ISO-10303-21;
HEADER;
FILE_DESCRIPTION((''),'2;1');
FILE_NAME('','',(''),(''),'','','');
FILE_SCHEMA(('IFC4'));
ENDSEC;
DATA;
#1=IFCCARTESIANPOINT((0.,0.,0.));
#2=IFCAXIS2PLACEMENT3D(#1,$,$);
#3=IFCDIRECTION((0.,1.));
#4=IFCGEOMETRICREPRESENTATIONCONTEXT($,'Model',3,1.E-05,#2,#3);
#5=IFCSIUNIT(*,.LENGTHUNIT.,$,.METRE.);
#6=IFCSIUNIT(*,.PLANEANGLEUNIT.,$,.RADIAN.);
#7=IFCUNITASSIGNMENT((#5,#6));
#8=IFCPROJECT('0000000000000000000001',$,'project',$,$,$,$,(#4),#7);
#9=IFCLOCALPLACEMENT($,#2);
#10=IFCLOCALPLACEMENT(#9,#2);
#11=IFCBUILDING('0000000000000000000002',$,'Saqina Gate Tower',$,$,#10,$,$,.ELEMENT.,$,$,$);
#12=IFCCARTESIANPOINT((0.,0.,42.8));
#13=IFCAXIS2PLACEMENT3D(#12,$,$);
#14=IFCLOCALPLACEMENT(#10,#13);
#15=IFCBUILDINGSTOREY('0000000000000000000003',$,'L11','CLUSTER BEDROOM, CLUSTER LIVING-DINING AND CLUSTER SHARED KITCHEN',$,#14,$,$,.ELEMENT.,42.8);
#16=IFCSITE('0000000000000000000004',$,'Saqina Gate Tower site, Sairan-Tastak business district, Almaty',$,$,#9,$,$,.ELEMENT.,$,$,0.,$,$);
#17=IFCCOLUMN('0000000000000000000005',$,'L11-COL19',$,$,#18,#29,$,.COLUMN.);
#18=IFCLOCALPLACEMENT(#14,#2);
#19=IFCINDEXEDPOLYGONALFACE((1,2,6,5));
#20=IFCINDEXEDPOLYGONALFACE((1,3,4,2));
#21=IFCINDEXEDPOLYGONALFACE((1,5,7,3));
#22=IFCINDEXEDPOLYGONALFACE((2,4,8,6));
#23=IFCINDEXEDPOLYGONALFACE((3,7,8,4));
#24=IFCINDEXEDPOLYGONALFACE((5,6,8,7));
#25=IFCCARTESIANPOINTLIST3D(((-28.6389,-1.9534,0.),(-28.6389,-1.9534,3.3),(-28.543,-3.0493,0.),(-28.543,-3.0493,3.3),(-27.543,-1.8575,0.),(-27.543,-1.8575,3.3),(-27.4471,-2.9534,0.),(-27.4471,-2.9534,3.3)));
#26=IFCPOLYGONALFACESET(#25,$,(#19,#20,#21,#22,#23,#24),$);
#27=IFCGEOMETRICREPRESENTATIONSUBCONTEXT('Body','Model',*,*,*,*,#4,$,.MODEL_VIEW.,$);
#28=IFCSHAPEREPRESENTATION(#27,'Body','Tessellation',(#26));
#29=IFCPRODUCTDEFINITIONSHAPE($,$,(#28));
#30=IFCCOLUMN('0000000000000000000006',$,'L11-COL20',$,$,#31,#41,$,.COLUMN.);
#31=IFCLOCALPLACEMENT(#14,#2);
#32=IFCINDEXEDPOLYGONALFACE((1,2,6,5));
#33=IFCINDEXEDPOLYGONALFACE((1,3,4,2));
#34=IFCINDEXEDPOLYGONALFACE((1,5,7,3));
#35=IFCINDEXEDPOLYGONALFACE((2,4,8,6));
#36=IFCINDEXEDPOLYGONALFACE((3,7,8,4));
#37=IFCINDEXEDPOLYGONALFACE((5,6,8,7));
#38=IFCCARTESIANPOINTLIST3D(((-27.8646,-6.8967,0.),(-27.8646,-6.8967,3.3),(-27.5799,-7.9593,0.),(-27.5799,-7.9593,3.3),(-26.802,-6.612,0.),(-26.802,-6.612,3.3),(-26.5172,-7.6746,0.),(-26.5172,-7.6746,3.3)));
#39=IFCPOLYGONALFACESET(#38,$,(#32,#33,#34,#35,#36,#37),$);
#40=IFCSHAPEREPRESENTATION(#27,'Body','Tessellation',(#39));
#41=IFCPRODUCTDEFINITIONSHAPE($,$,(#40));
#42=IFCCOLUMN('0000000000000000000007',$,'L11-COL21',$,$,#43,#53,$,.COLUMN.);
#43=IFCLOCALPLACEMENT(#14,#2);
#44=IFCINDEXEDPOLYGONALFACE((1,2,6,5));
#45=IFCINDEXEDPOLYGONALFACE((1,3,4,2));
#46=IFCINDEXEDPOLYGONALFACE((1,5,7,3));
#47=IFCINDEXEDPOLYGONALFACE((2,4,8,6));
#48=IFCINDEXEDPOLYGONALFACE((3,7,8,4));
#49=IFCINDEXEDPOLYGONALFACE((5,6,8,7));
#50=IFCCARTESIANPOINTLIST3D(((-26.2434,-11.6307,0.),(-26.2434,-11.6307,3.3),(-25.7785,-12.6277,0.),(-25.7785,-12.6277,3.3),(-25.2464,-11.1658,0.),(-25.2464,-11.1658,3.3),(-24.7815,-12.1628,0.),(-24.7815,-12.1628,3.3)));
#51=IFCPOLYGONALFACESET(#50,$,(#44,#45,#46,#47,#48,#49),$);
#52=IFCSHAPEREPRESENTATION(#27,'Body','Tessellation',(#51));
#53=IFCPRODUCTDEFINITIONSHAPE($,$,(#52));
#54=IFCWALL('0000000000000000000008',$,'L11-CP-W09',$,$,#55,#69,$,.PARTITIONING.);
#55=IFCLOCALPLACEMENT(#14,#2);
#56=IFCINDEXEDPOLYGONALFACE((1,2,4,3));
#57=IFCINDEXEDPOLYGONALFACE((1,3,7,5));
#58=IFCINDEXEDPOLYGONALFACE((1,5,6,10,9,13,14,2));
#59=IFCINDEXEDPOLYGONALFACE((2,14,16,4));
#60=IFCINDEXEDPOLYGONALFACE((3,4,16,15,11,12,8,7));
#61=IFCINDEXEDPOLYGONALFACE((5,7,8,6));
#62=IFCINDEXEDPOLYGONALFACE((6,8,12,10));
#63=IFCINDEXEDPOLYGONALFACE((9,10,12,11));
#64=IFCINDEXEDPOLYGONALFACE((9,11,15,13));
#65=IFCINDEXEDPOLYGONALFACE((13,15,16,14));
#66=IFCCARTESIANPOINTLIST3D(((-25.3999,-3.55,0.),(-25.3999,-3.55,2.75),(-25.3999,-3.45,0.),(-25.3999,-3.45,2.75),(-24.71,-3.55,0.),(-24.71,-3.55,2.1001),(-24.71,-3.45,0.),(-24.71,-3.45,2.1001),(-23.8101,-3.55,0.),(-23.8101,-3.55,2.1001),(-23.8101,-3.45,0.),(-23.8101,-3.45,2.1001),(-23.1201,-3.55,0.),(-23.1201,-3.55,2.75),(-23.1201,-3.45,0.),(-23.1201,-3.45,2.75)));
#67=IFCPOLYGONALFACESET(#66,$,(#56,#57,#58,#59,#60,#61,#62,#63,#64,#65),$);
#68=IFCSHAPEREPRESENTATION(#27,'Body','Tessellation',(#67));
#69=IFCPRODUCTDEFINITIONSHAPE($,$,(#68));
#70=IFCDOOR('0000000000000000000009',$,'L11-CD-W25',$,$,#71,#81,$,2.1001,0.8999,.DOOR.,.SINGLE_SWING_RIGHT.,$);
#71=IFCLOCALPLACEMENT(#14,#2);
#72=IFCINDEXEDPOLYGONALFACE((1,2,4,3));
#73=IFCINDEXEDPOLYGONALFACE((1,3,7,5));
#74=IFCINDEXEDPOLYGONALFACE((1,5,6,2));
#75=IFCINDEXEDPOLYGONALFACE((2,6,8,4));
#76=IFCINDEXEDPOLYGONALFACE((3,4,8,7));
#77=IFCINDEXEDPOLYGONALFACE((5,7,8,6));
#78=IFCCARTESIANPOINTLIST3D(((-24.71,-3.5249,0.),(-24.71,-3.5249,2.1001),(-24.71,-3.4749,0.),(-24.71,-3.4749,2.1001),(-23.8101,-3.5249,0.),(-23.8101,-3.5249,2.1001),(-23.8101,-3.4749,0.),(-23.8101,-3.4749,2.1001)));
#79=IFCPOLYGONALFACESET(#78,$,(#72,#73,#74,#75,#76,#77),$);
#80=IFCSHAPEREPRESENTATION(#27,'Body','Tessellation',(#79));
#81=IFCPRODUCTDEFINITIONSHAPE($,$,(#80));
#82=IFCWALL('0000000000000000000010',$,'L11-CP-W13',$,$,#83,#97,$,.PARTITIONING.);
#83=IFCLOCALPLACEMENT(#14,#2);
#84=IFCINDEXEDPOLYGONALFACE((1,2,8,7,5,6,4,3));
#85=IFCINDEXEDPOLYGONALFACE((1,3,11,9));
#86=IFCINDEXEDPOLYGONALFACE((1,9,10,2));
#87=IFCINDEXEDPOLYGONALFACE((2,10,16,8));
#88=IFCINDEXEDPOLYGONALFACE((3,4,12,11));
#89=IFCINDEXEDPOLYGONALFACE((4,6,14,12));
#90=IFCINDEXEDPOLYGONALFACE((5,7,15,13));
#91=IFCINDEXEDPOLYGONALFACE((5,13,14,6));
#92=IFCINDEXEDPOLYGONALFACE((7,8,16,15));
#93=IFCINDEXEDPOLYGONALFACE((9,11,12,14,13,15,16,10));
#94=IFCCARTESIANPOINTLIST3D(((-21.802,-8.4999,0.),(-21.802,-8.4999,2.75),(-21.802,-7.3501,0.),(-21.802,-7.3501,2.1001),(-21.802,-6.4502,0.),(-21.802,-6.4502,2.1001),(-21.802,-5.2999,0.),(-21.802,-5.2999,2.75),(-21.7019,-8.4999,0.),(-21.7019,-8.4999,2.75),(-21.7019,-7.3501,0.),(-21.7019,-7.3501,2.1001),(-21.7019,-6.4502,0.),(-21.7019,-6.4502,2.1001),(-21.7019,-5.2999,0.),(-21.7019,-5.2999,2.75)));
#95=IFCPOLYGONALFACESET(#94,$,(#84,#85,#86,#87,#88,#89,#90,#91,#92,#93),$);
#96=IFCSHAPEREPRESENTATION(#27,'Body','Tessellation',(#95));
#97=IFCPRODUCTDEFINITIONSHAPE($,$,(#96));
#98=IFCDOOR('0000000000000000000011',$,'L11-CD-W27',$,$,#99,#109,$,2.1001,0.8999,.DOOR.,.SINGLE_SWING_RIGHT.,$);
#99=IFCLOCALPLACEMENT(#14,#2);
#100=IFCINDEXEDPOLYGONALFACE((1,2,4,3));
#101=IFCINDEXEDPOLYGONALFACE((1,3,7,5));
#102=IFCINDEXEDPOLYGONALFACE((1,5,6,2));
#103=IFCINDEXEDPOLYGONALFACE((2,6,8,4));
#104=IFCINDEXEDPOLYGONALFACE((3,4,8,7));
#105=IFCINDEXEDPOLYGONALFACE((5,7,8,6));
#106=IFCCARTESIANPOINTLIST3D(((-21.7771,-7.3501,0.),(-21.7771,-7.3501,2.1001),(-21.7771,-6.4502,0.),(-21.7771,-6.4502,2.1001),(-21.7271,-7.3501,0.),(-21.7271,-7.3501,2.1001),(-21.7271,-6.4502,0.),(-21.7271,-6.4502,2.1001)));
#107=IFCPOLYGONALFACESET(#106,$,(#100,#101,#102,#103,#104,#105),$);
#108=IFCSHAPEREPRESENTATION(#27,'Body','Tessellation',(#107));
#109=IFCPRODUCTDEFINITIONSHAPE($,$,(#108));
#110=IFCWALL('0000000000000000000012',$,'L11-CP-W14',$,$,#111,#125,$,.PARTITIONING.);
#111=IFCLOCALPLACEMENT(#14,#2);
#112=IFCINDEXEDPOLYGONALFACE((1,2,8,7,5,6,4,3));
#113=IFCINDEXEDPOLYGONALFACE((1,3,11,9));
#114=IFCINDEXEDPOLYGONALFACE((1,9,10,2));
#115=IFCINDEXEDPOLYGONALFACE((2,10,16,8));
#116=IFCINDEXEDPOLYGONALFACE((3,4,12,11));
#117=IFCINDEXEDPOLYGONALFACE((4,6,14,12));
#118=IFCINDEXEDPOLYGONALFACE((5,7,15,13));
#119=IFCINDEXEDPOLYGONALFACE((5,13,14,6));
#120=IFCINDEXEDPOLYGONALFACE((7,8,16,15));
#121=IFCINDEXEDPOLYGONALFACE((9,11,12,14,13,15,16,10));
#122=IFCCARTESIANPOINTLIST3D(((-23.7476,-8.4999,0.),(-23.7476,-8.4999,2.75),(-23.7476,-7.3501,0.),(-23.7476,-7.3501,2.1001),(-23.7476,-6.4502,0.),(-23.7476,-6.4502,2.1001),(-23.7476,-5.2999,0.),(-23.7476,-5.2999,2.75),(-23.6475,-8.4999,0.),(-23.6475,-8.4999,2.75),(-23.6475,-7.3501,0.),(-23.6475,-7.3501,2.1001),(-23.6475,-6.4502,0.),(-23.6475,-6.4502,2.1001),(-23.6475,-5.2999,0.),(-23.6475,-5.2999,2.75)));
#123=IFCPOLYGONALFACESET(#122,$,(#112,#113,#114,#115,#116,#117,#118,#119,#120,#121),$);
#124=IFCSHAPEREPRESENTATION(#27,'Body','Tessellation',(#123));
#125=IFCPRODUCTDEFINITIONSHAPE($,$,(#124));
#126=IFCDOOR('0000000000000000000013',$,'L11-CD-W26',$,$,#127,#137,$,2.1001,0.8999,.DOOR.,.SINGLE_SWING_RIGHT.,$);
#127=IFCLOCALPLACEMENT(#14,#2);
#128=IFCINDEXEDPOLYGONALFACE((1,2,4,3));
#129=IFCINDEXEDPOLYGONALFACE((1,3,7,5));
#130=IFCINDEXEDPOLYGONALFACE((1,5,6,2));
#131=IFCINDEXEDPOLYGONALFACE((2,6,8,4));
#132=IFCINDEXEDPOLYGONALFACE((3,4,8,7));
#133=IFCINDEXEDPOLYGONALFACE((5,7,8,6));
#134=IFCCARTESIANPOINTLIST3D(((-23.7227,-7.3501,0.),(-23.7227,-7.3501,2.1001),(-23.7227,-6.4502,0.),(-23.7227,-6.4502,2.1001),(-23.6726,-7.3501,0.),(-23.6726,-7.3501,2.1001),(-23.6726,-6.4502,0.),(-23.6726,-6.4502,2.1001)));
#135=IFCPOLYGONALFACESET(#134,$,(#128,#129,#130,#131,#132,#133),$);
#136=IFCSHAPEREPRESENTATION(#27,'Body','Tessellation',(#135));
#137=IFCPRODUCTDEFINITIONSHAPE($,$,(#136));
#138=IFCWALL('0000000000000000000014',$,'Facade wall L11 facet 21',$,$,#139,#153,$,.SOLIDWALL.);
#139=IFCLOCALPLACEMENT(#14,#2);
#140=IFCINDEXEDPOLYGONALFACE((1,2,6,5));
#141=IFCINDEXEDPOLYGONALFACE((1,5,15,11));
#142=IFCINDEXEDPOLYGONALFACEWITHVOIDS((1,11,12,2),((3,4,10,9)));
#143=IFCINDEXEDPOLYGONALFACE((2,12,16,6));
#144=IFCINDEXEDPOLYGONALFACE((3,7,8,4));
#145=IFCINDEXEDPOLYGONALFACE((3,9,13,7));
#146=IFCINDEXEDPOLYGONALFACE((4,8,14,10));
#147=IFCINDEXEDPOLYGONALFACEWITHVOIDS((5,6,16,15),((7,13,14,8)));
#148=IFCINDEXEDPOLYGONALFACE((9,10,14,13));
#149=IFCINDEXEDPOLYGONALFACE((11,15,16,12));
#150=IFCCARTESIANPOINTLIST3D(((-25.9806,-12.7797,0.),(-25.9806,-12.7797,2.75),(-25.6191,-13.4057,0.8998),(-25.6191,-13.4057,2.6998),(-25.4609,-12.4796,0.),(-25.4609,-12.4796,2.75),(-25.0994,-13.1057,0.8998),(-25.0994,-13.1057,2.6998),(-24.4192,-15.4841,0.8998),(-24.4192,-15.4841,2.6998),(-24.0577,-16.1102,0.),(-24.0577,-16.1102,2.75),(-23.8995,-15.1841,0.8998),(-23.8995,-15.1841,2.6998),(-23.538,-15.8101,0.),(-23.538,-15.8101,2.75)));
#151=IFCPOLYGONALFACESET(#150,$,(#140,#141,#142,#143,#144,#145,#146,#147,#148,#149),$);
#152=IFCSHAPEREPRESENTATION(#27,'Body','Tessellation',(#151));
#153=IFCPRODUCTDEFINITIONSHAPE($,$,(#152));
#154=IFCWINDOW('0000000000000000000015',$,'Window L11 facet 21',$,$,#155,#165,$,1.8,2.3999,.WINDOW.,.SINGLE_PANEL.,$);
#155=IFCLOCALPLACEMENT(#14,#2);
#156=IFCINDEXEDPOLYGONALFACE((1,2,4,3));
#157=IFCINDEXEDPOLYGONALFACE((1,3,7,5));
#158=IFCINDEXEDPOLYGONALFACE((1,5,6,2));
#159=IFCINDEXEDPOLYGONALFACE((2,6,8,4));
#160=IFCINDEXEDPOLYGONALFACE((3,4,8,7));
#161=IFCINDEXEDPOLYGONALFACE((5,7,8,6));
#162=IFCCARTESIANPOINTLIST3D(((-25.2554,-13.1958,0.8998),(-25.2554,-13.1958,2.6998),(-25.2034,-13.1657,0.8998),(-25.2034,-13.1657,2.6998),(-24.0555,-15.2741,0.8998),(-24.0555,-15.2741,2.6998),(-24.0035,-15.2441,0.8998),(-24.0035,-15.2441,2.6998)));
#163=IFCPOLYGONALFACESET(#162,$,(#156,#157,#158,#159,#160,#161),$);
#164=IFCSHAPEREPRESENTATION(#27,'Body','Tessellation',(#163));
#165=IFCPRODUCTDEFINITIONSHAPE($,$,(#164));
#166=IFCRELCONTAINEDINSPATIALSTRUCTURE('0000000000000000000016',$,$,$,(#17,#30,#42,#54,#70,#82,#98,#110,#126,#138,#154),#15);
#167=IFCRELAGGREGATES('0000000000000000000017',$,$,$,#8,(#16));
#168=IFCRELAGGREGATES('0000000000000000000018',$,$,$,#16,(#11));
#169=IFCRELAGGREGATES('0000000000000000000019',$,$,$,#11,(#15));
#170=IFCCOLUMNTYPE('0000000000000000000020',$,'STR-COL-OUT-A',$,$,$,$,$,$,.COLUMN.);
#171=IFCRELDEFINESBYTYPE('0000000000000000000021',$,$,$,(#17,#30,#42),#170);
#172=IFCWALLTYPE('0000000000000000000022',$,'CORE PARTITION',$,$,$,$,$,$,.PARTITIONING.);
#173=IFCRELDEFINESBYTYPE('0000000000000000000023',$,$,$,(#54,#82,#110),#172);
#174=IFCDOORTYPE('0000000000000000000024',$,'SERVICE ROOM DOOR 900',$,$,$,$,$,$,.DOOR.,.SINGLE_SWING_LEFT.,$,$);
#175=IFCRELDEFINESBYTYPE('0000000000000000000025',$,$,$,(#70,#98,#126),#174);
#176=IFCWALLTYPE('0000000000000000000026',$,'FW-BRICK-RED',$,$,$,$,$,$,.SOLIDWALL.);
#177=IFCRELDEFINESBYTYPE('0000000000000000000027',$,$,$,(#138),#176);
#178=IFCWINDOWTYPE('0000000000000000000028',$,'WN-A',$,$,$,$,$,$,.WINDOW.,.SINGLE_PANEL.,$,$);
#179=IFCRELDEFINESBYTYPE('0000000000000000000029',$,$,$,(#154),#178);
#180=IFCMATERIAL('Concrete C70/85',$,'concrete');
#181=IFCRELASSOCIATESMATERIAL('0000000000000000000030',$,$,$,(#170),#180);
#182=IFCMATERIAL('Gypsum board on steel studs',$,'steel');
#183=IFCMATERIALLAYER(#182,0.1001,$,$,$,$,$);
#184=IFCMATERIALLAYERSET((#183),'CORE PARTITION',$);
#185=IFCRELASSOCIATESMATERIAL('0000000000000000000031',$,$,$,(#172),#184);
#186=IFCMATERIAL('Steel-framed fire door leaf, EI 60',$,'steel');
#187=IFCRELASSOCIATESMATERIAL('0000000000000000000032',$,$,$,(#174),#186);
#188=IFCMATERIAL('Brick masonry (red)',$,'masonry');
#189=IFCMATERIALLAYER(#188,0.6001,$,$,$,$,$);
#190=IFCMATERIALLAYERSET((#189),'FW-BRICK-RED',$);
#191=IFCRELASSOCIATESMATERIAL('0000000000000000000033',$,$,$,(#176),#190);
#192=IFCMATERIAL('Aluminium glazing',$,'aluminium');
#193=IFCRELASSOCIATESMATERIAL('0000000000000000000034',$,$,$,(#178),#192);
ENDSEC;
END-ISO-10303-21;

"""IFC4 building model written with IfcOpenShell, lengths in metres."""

from ifc_helpers import new_model, si_unit, direction, frame, frame_2d, origin, origin_2d, place, context, subcontext, project, spatial, rectangle, extrude, material, layer, layer_set, material_profile, profile_set, type_object, element, fill, save


model = new_model("IFC4")

# Units and contexts
model_context = context("Model", 3, precision=1e-05, world=origin(), true_north=direction((0.0, 1.0)))
body_context = subcontext(model_context, "Body", "Model", "MODEL_VIEW")
ifc_project = project(units=[si_unit("LENGTHUNIT", "METRE"), si_unit("PLANEANGLEUNIT", "RADIAN")], contexts=[model_context])

# Site, building, storey
site_placement = place(None, origin())
site = spatial("IfcSite", under=ifc_project, at=site_placement, Name="Saqina Gate Tower site, Sairan-Tastak business district, Almaty", CompositionType="ELEMENT", RefElevation=0.0)
building_placement = place(site_placement, origin())
building = spatial("IfcBuilding", under=site, at=building_placement, Name="Saqina Gate Tower", CompositionType="ELEMENT")
storey_placement = place(building_placement, frame((0.0, 0.0, 42.8)))
storey = spatial("IfcBuildingStorey", under=building, at=storey_placement, Name="L11", Description="CLUSTER BEDROOM, CLUSTER LIVING-DINING AND CLUSTER SHARED KITCHEN", CompositionType="ELEMENT", Elevation=42.8)

# Columns
ifc_material_1 = material(Name="Concrete C70/85", Category="concrete")
ifc_material_profile = material_profile(ifc_material_1, rectangle(XDim=1.1001, YDim=1.1001, at=origin_2d()), Name="RC 1100x1100")
ifc_profile_set = profile_set([ifc_material_profile], Name="Concrete C70/85")
column_type = type_object("IfcColumnType", Name="STR-COL-OUT-A", PredefinedType="COLUMN", material=ifc_profile_set)
for number, where, z_axis, x_axis, name in (
    (1, (-28.043, -2.4534, 0.0), (0.0, 0.0, 1.0), (-0.996195, -0.087156, 0.0), "L11-COL19"),
    (2, (-27.1909, -7.2856, 0.0), (0.0, 0.0, 1.0), (-0.965926, -0.258819, 0.0), "L11-COL20"),
    (3, (-25.5125, -11.8967, 0.0), (0.0, 0.0, 1.0), (-0.906308, -0.422618, 0.0), "L11-COL21"),
):
    element("IfcColumn", number, at=place(storey_placement, frame(where, z_axis=z_axis, x_axis=x_axis)), inside=storey, type_object=column_type, Name=name, PredefinedType="COLUMN", context=body_context, shape_type="SweptSolid", body=[
        extrude(rectangle(XDim=1.1001, YDim=1.1001, at=origin_2d()), origin(), (0.0, 0.0, 1.0), 3.3),
    ])

# Walls, openings, doors
ifc_material_2 = material(Name="Gypsum board on steel studs", Category="steel")
ifc_layer_1 = layer(ifc_material_2, 0.1001)
ifc_layer_set_1 = layer_set([ifc_layer_1], Name="CORE PARTITION")
wall_type_1 = type_object("IfcWallType", Name="CORE PARTITION", PredefinedType="PARTITIONING", material=ifc_layer_set_1)
wall_1_placement = place(storey_placement, frame((-23.1201, -3.5, 0.0), z_axis=(0.0, 0.0, 1.0), x_axis=(-1.0, 0.0, 0.0)))
wall_1 = element("IfcWall", 4, at=wall_1_placement, inside=storey, type_object=wall_type_1, Name="L11-CP-W09", PredefinedType="PARTITIONING", context=body_context, shape_type="SweptSolid", body=[
    extrude(rectangle(XDim=2.2798, YDim=0.1001, at=frame_2d((1.1399, 0.0))), origin(), (0.0, 0.0, 1.0), 2.75),
])
opening_1_placement = place(wall_1_placement, frame((0.6899, 0.0, 0.0)))
opening_1 = element("IfcOpeningElement", 5, at=opening_1_placement, cuts=wall_1, PredefinedType="OPENING", context=body_context, shape_type="SweptSolid", body=[
    extrude(rectangle(XDim=0.8999, YDim=2.1001, at=frame_2d((0.45, 1.05))), frame((0.0, 0.062, 0.0), z_axis=(0.0, -1.0, 0.0), x_axis=(1.0, 0.0, 0.0)), (0.0, 0.0, 1.0), 0.124),
])
ifc_material_3 = material(Name="Steel-framed fire door leaf, EI 60", Category="steel")
door_type_1 = type_object("IfcDoorType", Name="SERVICE ROOM DOOR 900", OperationType="SINGLE_SWING_LEFT", PredefinedType="DOOR", material=ifc_material_3)
door_1_placement = place(opening_1_placement, origin())
door_1 = element("IfcDoor", 6, at=door_1_placement, inside=storey, type_object=door_type_1, Name="L11-CD-W25", OperationType="SINGLE_SWING_RIGHT", OverallHeight=2.1001, OverallWidth=0.8999, PredefinedType="DOOR", context=body_context, shape_type="SweptSolid", body=[
    extrude(rectangle(XDim=0.8999, YDim=2.1001, at=frame_2d((0.45, 1.05))), frame((0.0, 0.0249, 0.0), z_axis=(0.0, -1.0, 0.0), x_axis=(1.0, 0.0, 0.0)), (0.0, 0.0, 1.0), 0.05),
])
fill(opening_1, door_1)
wall_2_placement = place(storey_placement, frame((-21.752, -8.5, 0.0), z_axis=(0.0, 0.0, 1.0), x_axis=(0.0, 1.0, 0.0)))
wall_2 = element("IfcWall", 7, at=wall_2_placement, inside=storey, type_object=wall_type_1, Name="L11-CP-W13", PredefinedType="PARTITIONING", context=body_context, shape_type="SweptSolid", body=[
    extrude(rectangle(XDim=3.2, YDim=0.1001, at=frame_2d((1.6001, 0.0))), origin(), (0.0, 0.0, 1.0), 2.75),
])
opening_2_placement = place(wall_2_placement, frame((1.1499, 0.0, 0.0)))
opening_2 = element("IfcOpeningElement", 8, at=opening_2_placement, cuts=wall_2, PredefinedType="OPENING", context=body_context, shape_type="SweptSolid", body=[
    extrude(rectangle(XDim=0.8999, YDim=2.1001, at=frame_2d((0.45, 1.05))), frame((0.0, 0.062, 0.0), z_axis=(0.0, -1.0, 0.0), x_axis=(1.0, 0.0, 0.0)), (0.0, 0.0, 1.0), 0.124),
])
door_2_placement = place(opening_2_placement, frame((0.8999, 0.0, 0.0), z_axis=(0.0, 0.0, 1.0), x_axis=(-1.0, 0.0, 0.0)))
door_2 = element("IfcDoor", 9, at=door_2_placement, inside=storey, type_object=door_type_1, Name="L11-CD-W27", OperationType="SINGLE_SWING_RIGHT", OverallHeight=2.1001, OverallWidth=0.8999, PredefinedType="DOOR", context=body_context, shape_type="SweptSolid", body=[
    extrude(rectangle(XDim=0.8999, YDim=2.1001, at=frame_2d((0.45, 1.05))), frame((0.0, 0.0249, 0.0), z_axis=(0.0, -1.0, 0.0), x_axis=(1.0, 0.0, 0.0)), (0.0, 0.0, 1.0), 0.05),
])
fill(opening_2, door_2)
wall_3_placement = place(storey_placement, frame((-23.6975, -8.5, 0.0), z_axis=(0.0, 0.0, 1.0), x_axis=(0.0, 1.0, 0.0)))
wall_3 = element("IfcWall", 10, at=wall_3_placement, inside=storey, type_object=wall_type_1, Name="L11-CP-W14", PredefinedType="PARTITIONING", context=body_context, shape_type="SweptSolid", body=[
    extrude(rectangle(XDim=3.2, YDim=0.1001, at=frame_2d((1.6001, 0.0))), origin(), (0.0, 0.0, 1.0), 2.75),
])
opening_3_placement = place(wall_3_placement, frame((1.1499, 0.0, 0.0)))
opening_3 = element("IfcOpeningElement", 11, at=opening_3_placement, cuts=wall_3, PredefinedType="OPENING", context=body_context, shape_type="SweptSolid", body=[
    extrude(rectangle(XDim=0.8999, YDim=2.1001, at=frame_2d((0.45, 1.05))), frame((0.0, 0.062, 0.0), z_axis=(0.0, -1.0, 0.0), x_axis=(1.0, 0.0, 0.0)), (0.0, 0.0, 1.0), 0.124),
])
door_3_placement = place(opening_3_placement, frame((0.8999, 0.0, 0.0), z_axis=(0.0, 0.0, 1.0), x_axis=(-1.0, 0.0, 0.0)))
door_3 = element("IfcDoor", 12, at=door_3_placement, inside=storey, type_object=door_type_1, Name="L11-CD-W26", OperationType="SINGLE_SWING_RIGHT", OverallHeight=2.1001, OverallWidth=0.8999, PredefinedType="DOOR", context=body_context, shape_type="SweptSolid", body=[
    extrude(rectangle(XDim=0.8999, YDim=2.1001, at=frame_2d((0.45, 1.05))), frame((0.0, 0.0249, 0.0), z_axis=(0.0, -1.0, 0.0), x_axis=(1.0, 0.0, 0.0)), (0.0, 0.0, 1.0), 0.05),
])
fill(opening_3, door_3)

# Wall, opening, window
ifc_material_4 = material(Name="Brick masonry (red)", Category="masonry")
ifc_layer_2 = layer(ifc_material_4, 0.6001)
ifc_layer_set_2 = layer_set([ifc_layer_2], Name="FW-BRICK-RED")
wall_type_2 = type_object("IfcWallType", Name="FW-BRICK-RED", PredefinedType="SOLIDWALL", material=ifc_layer_set_2)
wall_4_placement = place(storey_placement, frame((-25.7207, -12.6296, 0.0), z_axis=(0.0, 0.0, 1.0), x_axis=(0.49999, -0.866031, 0.0)))
wall_4 = element("IfcWall", 13, at=wall_4_placement, inside=storey, type_object=wall_type_2, Name="Facade wall L11 facet 21", PredefinedType="SOLIDWALL", context=body_context, shape_type="SweptSolid", body=[
    extrude(rectangle(XDim=3.8457, YDim=0.6001, at=frame_2d((1.9229, 0.0))), origin(), (0.0, 0.0, 1.0), 2.75),
])
opening_4_placement = place(wall_4_placement, frame((0.7229, 0.0, 0.8999)))
opening_4 = element("IfcOpeningElement", 14, at=opening_4_placement, cuts=wall_4, PredefinedType="OPENING", context=body_context, shape_type="SweptSolid", body=[
    extrude(rectangle(XDim=2.3999, YDim=1.8, at=frame_2d((1.2, 0.8999))), frame((0.0, 0.312, 0.0), z_axis=(0.0, -1.0, 0.0), x_axis=(1.0, 0.0, 0.0)), (0.0, 0.0, 1.0), 0.624),
])
ifc_material_5 = material(Name="Aluminium glazing", Category="aluminium")
window_type = type_object("IfcWindowType", Name="WN-A", PartitioningType="SINGLE_PANEL", PredefinedType="WINDOW", material=ifc_material_5)
window_placement = place(opening_4_placement, origin())
window = element("IfcWindow", 15, at=window_placement, inside=storey, type_object=window_type, Name="Window L11 facet 21", OverallHeight=1.8, OverallWidth=2.3999, PartitioningType="SINGLE_PANEL", PredefinedType="WINDOW", context=body_context, shape_type="SweptSolid", body=[
    extrude(rectangle(XDim=2.3999, YDim=1.8, at=frame_2d((1.2, 0.8999))), frame((0.0, 0.1799, 0.0), z_axis=(0.0, -1.0, 0.0), x_axis=(1.0, 0.0, 0.0)), (0.0, 0.0, 1.0), 0.0601),
])
fill(opening_4, window)

save(model, "model.ifc")
